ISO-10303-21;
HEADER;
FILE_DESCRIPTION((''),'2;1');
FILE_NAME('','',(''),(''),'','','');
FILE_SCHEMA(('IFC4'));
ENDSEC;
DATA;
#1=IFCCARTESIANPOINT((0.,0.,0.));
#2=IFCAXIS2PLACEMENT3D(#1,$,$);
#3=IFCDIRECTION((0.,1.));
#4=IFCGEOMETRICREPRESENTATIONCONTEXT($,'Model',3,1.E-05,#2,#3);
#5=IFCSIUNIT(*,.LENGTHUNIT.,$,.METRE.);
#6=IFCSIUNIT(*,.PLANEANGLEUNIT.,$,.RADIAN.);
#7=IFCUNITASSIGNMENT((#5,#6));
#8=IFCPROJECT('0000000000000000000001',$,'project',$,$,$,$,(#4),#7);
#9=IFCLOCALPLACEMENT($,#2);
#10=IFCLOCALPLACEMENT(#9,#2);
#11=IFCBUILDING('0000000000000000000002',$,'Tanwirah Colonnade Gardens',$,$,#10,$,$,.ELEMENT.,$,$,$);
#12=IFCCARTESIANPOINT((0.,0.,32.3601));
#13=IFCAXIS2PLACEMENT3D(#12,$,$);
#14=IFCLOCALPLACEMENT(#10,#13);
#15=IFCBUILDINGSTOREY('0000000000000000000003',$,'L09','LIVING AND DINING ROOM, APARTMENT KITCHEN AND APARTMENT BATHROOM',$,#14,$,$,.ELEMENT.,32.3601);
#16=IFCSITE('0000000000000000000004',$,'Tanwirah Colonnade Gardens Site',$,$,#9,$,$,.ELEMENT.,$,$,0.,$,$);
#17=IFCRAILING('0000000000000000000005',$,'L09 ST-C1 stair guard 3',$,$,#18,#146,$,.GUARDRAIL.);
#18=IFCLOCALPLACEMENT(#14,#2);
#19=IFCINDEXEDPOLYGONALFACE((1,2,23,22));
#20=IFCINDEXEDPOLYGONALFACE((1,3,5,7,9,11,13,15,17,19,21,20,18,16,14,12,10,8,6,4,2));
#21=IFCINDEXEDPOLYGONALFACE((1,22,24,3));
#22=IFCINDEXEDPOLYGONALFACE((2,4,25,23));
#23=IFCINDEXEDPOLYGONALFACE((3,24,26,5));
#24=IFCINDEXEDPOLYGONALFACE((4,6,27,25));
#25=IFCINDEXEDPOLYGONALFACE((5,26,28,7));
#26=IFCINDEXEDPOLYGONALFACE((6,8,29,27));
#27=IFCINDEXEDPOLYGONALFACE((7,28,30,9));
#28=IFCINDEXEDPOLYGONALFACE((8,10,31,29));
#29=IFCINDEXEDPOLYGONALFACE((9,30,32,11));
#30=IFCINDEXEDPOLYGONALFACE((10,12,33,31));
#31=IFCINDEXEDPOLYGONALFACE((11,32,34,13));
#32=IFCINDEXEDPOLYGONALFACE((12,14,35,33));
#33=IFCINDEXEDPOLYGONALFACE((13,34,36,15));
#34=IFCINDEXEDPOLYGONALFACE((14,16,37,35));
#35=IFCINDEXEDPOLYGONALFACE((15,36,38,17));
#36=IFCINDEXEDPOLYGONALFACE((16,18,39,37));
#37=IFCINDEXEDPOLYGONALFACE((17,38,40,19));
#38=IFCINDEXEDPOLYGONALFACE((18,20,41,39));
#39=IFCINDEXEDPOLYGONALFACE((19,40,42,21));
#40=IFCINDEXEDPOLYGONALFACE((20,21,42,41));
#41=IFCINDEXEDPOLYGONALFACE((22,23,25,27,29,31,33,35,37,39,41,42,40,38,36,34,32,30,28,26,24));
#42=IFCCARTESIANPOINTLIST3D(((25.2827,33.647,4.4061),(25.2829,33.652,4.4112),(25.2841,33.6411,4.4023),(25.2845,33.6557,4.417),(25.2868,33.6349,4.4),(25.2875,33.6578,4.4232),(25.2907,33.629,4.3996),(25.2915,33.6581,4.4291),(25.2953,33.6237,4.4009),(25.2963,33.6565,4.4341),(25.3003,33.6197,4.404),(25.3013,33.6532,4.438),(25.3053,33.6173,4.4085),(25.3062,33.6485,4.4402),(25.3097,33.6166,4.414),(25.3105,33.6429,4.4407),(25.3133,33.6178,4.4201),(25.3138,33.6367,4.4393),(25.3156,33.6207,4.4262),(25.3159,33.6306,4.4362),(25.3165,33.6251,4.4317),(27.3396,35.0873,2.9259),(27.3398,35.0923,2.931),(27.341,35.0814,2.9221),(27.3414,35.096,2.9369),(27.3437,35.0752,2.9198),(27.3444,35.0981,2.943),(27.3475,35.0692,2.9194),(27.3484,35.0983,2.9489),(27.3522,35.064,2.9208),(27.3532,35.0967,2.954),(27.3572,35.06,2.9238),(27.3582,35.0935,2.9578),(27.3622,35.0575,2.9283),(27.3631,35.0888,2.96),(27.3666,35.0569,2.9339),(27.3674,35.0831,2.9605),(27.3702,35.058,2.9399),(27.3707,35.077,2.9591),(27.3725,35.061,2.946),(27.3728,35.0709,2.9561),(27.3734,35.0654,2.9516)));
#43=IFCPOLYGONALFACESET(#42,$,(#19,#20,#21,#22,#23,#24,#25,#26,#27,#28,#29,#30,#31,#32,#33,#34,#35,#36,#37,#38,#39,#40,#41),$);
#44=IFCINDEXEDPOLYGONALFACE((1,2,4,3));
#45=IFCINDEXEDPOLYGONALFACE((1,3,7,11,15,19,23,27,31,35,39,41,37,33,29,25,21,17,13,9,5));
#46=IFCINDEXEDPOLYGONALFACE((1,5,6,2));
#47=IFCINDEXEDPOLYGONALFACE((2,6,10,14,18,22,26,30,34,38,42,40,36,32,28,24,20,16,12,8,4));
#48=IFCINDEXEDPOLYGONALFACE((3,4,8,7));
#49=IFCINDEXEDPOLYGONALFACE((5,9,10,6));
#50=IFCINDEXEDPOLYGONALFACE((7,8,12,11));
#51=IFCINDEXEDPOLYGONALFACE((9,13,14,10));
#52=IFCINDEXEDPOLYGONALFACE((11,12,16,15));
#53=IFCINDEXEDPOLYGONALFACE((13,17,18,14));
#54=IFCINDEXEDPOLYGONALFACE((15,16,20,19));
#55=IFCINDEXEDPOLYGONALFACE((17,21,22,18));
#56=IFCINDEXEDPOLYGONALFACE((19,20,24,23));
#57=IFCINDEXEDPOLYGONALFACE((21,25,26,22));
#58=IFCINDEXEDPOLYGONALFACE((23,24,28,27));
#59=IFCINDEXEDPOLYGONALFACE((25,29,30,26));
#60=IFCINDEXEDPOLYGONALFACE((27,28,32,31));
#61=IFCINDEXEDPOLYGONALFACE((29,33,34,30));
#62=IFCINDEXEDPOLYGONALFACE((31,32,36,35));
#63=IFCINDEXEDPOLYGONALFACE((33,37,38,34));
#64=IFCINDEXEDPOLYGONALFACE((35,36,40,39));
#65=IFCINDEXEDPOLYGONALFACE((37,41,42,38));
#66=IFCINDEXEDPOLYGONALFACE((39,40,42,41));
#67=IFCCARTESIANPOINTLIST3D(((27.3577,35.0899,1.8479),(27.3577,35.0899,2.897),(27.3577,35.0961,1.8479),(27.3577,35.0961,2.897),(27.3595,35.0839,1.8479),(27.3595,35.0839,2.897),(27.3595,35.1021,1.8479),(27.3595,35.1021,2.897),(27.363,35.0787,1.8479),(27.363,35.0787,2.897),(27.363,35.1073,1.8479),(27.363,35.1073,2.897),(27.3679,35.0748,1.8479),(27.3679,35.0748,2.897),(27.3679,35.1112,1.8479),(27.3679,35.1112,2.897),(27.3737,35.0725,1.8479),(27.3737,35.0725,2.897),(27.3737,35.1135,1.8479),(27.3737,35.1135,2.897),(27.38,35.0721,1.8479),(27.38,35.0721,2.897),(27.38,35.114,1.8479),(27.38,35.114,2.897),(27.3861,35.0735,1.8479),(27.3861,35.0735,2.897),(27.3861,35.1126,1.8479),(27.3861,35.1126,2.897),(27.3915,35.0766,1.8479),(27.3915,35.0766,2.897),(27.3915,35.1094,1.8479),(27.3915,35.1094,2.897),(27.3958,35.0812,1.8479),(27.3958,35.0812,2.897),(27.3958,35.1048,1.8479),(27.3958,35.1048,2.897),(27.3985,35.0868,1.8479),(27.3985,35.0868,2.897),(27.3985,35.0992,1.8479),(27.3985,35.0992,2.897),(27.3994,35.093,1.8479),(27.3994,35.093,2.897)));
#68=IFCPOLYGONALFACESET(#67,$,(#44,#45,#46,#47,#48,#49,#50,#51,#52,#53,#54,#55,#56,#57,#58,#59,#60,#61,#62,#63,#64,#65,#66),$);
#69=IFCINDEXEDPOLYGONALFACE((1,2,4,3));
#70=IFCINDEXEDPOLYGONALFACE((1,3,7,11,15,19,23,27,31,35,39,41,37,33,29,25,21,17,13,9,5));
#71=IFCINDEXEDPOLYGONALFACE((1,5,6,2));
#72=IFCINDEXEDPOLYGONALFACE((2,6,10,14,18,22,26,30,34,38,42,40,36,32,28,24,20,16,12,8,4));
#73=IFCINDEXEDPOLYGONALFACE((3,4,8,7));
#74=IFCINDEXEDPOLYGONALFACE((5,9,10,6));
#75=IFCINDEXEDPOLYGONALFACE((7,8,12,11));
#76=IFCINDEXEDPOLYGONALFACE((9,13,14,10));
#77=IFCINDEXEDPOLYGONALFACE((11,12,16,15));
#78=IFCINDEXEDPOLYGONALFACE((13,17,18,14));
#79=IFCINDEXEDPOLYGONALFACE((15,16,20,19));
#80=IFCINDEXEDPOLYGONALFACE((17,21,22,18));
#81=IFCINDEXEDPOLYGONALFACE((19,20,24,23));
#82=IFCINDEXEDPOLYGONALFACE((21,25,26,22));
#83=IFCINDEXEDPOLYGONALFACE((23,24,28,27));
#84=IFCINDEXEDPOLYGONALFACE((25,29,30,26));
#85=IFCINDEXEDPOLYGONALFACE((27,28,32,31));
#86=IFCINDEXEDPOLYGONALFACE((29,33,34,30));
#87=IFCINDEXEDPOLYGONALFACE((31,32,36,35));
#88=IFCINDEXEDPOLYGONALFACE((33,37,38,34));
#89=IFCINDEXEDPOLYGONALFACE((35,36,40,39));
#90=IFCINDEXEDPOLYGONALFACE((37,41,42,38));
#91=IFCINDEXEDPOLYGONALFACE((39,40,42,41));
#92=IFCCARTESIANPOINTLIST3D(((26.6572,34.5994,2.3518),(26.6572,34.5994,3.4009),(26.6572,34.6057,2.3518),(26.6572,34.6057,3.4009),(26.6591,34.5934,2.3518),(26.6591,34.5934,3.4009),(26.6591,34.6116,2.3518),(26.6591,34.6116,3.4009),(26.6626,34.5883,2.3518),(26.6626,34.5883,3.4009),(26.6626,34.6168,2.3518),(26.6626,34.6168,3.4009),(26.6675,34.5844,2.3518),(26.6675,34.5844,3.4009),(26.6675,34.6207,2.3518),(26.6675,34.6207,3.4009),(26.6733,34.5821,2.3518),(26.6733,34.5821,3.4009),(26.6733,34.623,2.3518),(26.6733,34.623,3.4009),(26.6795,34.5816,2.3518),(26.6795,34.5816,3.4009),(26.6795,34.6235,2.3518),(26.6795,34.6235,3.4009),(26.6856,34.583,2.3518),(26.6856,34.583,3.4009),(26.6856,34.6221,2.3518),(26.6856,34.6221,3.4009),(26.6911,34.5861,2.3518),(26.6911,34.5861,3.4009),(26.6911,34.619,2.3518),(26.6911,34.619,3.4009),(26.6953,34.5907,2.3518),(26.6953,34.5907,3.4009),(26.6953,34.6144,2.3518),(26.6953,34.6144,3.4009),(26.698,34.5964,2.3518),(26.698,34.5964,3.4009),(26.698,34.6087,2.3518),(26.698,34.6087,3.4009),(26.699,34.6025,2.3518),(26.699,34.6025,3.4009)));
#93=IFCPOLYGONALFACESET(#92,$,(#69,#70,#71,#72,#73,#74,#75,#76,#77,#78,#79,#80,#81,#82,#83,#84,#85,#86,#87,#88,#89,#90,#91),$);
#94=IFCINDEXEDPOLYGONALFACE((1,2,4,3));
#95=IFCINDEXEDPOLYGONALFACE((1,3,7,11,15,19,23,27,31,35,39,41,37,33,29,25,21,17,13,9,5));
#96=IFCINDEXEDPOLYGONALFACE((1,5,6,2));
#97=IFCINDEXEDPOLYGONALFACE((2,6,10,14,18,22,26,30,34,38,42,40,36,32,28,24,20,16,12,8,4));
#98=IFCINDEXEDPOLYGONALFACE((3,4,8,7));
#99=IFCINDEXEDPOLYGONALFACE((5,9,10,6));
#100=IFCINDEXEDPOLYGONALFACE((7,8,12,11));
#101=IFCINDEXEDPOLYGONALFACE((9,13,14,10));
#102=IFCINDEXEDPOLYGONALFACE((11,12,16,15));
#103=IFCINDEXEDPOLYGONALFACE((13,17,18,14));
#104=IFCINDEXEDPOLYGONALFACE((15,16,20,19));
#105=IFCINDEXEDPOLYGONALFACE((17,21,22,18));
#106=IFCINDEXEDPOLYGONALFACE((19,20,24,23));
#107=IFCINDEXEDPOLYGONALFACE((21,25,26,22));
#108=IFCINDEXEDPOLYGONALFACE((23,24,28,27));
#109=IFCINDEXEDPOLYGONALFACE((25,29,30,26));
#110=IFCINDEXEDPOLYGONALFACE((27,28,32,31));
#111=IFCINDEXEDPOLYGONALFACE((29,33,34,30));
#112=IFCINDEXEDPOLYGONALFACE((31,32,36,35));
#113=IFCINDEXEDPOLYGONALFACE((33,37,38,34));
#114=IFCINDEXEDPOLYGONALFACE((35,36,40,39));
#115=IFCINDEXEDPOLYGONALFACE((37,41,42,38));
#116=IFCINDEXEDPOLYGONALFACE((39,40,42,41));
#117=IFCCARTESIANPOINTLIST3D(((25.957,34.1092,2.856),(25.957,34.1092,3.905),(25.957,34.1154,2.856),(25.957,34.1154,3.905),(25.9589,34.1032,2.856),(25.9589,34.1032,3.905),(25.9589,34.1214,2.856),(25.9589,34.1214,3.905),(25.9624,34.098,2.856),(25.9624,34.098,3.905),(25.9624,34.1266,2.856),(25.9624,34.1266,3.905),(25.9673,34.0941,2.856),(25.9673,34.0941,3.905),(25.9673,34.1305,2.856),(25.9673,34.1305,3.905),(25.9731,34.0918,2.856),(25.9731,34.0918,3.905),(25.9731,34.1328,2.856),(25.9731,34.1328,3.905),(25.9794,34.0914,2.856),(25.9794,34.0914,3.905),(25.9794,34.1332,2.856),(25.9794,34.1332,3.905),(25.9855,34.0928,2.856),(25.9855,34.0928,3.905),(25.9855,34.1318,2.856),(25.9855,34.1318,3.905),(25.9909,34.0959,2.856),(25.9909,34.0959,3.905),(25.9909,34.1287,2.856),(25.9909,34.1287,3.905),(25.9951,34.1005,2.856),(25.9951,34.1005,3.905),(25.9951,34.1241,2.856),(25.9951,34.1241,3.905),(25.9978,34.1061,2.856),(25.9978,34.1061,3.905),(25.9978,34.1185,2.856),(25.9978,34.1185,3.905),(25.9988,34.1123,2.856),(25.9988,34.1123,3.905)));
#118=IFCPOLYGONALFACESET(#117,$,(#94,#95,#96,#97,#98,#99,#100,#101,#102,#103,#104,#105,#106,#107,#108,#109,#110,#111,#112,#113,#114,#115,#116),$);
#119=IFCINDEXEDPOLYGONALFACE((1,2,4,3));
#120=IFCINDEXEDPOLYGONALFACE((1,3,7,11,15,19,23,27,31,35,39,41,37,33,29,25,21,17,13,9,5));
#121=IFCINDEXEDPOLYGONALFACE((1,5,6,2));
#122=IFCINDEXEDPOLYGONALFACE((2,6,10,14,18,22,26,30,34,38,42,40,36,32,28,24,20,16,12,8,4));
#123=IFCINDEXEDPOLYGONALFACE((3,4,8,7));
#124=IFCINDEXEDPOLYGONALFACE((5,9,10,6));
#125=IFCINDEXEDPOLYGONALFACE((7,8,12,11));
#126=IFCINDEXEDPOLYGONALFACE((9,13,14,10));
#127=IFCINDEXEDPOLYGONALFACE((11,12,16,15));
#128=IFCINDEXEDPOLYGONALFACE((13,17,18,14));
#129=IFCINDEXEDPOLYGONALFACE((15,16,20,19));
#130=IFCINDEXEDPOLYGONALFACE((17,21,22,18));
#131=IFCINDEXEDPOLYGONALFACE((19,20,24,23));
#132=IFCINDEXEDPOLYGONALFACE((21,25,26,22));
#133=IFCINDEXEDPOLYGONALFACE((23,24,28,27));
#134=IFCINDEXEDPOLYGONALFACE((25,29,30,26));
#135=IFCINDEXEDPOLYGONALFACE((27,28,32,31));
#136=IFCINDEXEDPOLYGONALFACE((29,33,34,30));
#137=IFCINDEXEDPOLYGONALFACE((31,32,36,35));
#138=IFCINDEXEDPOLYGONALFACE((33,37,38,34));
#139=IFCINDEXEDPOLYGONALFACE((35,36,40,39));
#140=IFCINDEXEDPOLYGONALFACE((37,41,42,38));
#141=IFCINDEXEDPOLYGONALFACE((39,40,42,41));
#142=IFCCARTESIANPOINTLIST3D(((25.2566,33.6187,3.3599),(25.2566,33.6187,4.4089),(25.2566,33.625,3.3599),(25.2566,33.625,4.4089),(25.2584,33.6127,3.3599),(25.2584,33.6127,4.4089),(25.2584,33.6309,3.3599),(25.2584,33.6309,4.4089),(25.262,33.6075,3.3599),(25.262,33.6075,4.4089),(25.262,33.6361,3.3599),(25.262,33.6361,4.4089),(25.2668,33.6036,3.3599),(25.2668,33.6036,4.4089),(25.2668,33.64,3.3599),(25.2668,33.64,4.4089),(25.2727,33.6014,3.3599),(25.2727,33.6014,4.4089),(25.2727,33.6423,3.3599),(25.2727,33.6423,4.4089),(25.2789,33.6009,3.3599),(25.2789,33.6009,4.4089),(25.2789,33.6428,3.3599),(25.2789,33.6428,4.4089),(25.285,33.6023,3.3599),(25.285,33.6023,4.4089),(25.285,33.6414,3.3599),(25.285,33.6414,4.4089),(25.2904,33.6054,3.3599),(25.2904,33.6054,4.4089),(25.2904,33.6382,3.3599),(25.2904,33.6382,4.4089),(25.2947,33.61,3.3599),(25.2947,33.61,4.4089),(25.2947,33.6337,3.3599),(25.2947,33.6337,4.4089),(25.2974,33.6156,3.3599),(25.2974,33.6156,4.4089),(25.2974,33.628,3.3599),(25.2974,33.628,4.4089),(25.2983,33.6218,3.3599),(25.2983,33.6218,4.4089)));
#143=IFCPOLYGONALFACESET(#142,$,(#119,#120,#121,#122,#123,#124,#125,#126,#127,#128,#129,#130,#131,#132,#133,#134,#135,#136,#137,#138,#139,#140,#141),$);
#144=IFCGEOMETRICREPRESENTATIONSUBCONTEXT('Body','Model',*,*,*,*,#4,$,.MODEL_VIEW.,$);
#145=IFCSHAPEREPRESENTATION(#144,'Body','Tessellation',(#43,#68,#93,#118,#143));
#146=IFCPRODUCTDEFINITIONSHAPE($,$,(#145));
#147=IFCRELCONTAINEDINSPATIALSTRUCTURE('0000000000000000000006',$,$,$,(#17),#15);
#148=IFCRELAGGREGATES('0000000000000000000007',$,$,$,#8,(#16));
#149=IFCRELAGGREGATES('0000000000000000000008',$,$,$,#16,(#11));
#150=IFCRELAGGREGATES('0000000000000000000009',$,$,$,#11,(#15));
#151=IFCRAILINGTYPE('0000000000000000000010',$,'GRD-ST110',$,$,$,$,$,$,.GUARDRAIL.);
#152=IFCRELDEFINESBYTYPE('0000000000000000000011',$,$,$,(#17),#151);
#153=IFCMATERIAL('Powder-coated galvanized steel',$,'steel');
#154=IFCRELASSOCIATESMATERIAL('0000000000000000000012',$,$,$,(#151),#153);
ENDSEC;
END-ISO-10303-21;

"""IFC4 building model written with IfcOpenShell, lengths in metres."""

from ifc_helpers import new_model, si_unit, direction, frame, origin, origin_2d, place, context, subcontext, project, spatial, circle, extrude, material, type_object, element, save


model = new_model("IFC4")

# Units and contexts
model_context = context("Model", 3, precision=1e-05, world=origin(), true_north=direction((0.0, 1.0)))
body_context = subcontext(model_context, "Body", "Model", "MODEL_VIEW")
ifc_project = project(units=[si_unit("LENGTHUNIT", "METRE"), si_unit("PLANEANGLEUNIT", "RADIAN")], contexts=[model_context])

# Site, building, storey
site_placement = place(None, origin())
site = spatial("IfcSite", under=ifc_project, at=site_placement, Name="Tanwirah Colonnade Gardens Site", CompositionType="ELEMENT", RefElevation=0.0)
building_placement = place(site_placement, origin())
building = spatial("IfcBuilding", under=site, at=building_placement, Name="Tanwirah Colonnade Gardens", CompositionType="ELEMENT")
storey_placement = place(building_placement, frame((0.0, 0.0, 32.3601)))
storey = spatial("IfcBuildingStorey", under=building, at=storey_placement, Name="L09", Description="LIVING AND DINING ROOM, APARTMENT KITCHEN AND APARTMENT BATHROOM", CompositionType="ELEMENT", Elevation=32.3601)

# Railing
ifc_material_1 = material(Name="Powder-coated galvanized steel", Category="steel")
railing_type_1 = type_object("IfcRailingType", Name="GRD-ST110", PredefinedType="GUARDRAIL", material=ifc_material_1)
railing_1_placement = place(storey_placement, frame((27.3784, 35.093, 1.8479)))
element("IfcRailing", 1, at=railing_1_placement, inside=storey, type_object=railing_type_1, Name="L09 ST-C1 stair guard 3", PredefinedType="GUARDRAIL", context=body_context, shape_type="SweptSolid", body=[
    extrude(circle(Radius=0.0239, at=origin_2d()), frame((-0.022, -0.0154, 1.092), z_axis=(-0.705673, -0.494118, 0.507812), x_axis=(0.573577, -0.819151, 0.0)), (0.0, 0.0, 1.0), 2.9148),
    extrude(circle(Radius=0.021, at=origin_2d()), origin(), (0.0, 0.0, 1.0), 1.0491),
    extrude(circle(Radius=0.021, at=origin_2d()), frame((-0.7004, -0.4905, 0.5039)), (0.0, 0.0, 1.0), 1.0491),
    extrude(circle(Radius=0.021, at=origin_2d()), frame((-1.4006, -0.9807, 1.0081)), (0.0, 0.0, 1.0), 1.0491),
    extrude(circle(Radius=0.021, at=origin_2d()), frame((-2.1011, -1.4712, 1.512)), (0.0, 0.0, 1.0), 1.0491),
])

save(model, "model.ifc")
